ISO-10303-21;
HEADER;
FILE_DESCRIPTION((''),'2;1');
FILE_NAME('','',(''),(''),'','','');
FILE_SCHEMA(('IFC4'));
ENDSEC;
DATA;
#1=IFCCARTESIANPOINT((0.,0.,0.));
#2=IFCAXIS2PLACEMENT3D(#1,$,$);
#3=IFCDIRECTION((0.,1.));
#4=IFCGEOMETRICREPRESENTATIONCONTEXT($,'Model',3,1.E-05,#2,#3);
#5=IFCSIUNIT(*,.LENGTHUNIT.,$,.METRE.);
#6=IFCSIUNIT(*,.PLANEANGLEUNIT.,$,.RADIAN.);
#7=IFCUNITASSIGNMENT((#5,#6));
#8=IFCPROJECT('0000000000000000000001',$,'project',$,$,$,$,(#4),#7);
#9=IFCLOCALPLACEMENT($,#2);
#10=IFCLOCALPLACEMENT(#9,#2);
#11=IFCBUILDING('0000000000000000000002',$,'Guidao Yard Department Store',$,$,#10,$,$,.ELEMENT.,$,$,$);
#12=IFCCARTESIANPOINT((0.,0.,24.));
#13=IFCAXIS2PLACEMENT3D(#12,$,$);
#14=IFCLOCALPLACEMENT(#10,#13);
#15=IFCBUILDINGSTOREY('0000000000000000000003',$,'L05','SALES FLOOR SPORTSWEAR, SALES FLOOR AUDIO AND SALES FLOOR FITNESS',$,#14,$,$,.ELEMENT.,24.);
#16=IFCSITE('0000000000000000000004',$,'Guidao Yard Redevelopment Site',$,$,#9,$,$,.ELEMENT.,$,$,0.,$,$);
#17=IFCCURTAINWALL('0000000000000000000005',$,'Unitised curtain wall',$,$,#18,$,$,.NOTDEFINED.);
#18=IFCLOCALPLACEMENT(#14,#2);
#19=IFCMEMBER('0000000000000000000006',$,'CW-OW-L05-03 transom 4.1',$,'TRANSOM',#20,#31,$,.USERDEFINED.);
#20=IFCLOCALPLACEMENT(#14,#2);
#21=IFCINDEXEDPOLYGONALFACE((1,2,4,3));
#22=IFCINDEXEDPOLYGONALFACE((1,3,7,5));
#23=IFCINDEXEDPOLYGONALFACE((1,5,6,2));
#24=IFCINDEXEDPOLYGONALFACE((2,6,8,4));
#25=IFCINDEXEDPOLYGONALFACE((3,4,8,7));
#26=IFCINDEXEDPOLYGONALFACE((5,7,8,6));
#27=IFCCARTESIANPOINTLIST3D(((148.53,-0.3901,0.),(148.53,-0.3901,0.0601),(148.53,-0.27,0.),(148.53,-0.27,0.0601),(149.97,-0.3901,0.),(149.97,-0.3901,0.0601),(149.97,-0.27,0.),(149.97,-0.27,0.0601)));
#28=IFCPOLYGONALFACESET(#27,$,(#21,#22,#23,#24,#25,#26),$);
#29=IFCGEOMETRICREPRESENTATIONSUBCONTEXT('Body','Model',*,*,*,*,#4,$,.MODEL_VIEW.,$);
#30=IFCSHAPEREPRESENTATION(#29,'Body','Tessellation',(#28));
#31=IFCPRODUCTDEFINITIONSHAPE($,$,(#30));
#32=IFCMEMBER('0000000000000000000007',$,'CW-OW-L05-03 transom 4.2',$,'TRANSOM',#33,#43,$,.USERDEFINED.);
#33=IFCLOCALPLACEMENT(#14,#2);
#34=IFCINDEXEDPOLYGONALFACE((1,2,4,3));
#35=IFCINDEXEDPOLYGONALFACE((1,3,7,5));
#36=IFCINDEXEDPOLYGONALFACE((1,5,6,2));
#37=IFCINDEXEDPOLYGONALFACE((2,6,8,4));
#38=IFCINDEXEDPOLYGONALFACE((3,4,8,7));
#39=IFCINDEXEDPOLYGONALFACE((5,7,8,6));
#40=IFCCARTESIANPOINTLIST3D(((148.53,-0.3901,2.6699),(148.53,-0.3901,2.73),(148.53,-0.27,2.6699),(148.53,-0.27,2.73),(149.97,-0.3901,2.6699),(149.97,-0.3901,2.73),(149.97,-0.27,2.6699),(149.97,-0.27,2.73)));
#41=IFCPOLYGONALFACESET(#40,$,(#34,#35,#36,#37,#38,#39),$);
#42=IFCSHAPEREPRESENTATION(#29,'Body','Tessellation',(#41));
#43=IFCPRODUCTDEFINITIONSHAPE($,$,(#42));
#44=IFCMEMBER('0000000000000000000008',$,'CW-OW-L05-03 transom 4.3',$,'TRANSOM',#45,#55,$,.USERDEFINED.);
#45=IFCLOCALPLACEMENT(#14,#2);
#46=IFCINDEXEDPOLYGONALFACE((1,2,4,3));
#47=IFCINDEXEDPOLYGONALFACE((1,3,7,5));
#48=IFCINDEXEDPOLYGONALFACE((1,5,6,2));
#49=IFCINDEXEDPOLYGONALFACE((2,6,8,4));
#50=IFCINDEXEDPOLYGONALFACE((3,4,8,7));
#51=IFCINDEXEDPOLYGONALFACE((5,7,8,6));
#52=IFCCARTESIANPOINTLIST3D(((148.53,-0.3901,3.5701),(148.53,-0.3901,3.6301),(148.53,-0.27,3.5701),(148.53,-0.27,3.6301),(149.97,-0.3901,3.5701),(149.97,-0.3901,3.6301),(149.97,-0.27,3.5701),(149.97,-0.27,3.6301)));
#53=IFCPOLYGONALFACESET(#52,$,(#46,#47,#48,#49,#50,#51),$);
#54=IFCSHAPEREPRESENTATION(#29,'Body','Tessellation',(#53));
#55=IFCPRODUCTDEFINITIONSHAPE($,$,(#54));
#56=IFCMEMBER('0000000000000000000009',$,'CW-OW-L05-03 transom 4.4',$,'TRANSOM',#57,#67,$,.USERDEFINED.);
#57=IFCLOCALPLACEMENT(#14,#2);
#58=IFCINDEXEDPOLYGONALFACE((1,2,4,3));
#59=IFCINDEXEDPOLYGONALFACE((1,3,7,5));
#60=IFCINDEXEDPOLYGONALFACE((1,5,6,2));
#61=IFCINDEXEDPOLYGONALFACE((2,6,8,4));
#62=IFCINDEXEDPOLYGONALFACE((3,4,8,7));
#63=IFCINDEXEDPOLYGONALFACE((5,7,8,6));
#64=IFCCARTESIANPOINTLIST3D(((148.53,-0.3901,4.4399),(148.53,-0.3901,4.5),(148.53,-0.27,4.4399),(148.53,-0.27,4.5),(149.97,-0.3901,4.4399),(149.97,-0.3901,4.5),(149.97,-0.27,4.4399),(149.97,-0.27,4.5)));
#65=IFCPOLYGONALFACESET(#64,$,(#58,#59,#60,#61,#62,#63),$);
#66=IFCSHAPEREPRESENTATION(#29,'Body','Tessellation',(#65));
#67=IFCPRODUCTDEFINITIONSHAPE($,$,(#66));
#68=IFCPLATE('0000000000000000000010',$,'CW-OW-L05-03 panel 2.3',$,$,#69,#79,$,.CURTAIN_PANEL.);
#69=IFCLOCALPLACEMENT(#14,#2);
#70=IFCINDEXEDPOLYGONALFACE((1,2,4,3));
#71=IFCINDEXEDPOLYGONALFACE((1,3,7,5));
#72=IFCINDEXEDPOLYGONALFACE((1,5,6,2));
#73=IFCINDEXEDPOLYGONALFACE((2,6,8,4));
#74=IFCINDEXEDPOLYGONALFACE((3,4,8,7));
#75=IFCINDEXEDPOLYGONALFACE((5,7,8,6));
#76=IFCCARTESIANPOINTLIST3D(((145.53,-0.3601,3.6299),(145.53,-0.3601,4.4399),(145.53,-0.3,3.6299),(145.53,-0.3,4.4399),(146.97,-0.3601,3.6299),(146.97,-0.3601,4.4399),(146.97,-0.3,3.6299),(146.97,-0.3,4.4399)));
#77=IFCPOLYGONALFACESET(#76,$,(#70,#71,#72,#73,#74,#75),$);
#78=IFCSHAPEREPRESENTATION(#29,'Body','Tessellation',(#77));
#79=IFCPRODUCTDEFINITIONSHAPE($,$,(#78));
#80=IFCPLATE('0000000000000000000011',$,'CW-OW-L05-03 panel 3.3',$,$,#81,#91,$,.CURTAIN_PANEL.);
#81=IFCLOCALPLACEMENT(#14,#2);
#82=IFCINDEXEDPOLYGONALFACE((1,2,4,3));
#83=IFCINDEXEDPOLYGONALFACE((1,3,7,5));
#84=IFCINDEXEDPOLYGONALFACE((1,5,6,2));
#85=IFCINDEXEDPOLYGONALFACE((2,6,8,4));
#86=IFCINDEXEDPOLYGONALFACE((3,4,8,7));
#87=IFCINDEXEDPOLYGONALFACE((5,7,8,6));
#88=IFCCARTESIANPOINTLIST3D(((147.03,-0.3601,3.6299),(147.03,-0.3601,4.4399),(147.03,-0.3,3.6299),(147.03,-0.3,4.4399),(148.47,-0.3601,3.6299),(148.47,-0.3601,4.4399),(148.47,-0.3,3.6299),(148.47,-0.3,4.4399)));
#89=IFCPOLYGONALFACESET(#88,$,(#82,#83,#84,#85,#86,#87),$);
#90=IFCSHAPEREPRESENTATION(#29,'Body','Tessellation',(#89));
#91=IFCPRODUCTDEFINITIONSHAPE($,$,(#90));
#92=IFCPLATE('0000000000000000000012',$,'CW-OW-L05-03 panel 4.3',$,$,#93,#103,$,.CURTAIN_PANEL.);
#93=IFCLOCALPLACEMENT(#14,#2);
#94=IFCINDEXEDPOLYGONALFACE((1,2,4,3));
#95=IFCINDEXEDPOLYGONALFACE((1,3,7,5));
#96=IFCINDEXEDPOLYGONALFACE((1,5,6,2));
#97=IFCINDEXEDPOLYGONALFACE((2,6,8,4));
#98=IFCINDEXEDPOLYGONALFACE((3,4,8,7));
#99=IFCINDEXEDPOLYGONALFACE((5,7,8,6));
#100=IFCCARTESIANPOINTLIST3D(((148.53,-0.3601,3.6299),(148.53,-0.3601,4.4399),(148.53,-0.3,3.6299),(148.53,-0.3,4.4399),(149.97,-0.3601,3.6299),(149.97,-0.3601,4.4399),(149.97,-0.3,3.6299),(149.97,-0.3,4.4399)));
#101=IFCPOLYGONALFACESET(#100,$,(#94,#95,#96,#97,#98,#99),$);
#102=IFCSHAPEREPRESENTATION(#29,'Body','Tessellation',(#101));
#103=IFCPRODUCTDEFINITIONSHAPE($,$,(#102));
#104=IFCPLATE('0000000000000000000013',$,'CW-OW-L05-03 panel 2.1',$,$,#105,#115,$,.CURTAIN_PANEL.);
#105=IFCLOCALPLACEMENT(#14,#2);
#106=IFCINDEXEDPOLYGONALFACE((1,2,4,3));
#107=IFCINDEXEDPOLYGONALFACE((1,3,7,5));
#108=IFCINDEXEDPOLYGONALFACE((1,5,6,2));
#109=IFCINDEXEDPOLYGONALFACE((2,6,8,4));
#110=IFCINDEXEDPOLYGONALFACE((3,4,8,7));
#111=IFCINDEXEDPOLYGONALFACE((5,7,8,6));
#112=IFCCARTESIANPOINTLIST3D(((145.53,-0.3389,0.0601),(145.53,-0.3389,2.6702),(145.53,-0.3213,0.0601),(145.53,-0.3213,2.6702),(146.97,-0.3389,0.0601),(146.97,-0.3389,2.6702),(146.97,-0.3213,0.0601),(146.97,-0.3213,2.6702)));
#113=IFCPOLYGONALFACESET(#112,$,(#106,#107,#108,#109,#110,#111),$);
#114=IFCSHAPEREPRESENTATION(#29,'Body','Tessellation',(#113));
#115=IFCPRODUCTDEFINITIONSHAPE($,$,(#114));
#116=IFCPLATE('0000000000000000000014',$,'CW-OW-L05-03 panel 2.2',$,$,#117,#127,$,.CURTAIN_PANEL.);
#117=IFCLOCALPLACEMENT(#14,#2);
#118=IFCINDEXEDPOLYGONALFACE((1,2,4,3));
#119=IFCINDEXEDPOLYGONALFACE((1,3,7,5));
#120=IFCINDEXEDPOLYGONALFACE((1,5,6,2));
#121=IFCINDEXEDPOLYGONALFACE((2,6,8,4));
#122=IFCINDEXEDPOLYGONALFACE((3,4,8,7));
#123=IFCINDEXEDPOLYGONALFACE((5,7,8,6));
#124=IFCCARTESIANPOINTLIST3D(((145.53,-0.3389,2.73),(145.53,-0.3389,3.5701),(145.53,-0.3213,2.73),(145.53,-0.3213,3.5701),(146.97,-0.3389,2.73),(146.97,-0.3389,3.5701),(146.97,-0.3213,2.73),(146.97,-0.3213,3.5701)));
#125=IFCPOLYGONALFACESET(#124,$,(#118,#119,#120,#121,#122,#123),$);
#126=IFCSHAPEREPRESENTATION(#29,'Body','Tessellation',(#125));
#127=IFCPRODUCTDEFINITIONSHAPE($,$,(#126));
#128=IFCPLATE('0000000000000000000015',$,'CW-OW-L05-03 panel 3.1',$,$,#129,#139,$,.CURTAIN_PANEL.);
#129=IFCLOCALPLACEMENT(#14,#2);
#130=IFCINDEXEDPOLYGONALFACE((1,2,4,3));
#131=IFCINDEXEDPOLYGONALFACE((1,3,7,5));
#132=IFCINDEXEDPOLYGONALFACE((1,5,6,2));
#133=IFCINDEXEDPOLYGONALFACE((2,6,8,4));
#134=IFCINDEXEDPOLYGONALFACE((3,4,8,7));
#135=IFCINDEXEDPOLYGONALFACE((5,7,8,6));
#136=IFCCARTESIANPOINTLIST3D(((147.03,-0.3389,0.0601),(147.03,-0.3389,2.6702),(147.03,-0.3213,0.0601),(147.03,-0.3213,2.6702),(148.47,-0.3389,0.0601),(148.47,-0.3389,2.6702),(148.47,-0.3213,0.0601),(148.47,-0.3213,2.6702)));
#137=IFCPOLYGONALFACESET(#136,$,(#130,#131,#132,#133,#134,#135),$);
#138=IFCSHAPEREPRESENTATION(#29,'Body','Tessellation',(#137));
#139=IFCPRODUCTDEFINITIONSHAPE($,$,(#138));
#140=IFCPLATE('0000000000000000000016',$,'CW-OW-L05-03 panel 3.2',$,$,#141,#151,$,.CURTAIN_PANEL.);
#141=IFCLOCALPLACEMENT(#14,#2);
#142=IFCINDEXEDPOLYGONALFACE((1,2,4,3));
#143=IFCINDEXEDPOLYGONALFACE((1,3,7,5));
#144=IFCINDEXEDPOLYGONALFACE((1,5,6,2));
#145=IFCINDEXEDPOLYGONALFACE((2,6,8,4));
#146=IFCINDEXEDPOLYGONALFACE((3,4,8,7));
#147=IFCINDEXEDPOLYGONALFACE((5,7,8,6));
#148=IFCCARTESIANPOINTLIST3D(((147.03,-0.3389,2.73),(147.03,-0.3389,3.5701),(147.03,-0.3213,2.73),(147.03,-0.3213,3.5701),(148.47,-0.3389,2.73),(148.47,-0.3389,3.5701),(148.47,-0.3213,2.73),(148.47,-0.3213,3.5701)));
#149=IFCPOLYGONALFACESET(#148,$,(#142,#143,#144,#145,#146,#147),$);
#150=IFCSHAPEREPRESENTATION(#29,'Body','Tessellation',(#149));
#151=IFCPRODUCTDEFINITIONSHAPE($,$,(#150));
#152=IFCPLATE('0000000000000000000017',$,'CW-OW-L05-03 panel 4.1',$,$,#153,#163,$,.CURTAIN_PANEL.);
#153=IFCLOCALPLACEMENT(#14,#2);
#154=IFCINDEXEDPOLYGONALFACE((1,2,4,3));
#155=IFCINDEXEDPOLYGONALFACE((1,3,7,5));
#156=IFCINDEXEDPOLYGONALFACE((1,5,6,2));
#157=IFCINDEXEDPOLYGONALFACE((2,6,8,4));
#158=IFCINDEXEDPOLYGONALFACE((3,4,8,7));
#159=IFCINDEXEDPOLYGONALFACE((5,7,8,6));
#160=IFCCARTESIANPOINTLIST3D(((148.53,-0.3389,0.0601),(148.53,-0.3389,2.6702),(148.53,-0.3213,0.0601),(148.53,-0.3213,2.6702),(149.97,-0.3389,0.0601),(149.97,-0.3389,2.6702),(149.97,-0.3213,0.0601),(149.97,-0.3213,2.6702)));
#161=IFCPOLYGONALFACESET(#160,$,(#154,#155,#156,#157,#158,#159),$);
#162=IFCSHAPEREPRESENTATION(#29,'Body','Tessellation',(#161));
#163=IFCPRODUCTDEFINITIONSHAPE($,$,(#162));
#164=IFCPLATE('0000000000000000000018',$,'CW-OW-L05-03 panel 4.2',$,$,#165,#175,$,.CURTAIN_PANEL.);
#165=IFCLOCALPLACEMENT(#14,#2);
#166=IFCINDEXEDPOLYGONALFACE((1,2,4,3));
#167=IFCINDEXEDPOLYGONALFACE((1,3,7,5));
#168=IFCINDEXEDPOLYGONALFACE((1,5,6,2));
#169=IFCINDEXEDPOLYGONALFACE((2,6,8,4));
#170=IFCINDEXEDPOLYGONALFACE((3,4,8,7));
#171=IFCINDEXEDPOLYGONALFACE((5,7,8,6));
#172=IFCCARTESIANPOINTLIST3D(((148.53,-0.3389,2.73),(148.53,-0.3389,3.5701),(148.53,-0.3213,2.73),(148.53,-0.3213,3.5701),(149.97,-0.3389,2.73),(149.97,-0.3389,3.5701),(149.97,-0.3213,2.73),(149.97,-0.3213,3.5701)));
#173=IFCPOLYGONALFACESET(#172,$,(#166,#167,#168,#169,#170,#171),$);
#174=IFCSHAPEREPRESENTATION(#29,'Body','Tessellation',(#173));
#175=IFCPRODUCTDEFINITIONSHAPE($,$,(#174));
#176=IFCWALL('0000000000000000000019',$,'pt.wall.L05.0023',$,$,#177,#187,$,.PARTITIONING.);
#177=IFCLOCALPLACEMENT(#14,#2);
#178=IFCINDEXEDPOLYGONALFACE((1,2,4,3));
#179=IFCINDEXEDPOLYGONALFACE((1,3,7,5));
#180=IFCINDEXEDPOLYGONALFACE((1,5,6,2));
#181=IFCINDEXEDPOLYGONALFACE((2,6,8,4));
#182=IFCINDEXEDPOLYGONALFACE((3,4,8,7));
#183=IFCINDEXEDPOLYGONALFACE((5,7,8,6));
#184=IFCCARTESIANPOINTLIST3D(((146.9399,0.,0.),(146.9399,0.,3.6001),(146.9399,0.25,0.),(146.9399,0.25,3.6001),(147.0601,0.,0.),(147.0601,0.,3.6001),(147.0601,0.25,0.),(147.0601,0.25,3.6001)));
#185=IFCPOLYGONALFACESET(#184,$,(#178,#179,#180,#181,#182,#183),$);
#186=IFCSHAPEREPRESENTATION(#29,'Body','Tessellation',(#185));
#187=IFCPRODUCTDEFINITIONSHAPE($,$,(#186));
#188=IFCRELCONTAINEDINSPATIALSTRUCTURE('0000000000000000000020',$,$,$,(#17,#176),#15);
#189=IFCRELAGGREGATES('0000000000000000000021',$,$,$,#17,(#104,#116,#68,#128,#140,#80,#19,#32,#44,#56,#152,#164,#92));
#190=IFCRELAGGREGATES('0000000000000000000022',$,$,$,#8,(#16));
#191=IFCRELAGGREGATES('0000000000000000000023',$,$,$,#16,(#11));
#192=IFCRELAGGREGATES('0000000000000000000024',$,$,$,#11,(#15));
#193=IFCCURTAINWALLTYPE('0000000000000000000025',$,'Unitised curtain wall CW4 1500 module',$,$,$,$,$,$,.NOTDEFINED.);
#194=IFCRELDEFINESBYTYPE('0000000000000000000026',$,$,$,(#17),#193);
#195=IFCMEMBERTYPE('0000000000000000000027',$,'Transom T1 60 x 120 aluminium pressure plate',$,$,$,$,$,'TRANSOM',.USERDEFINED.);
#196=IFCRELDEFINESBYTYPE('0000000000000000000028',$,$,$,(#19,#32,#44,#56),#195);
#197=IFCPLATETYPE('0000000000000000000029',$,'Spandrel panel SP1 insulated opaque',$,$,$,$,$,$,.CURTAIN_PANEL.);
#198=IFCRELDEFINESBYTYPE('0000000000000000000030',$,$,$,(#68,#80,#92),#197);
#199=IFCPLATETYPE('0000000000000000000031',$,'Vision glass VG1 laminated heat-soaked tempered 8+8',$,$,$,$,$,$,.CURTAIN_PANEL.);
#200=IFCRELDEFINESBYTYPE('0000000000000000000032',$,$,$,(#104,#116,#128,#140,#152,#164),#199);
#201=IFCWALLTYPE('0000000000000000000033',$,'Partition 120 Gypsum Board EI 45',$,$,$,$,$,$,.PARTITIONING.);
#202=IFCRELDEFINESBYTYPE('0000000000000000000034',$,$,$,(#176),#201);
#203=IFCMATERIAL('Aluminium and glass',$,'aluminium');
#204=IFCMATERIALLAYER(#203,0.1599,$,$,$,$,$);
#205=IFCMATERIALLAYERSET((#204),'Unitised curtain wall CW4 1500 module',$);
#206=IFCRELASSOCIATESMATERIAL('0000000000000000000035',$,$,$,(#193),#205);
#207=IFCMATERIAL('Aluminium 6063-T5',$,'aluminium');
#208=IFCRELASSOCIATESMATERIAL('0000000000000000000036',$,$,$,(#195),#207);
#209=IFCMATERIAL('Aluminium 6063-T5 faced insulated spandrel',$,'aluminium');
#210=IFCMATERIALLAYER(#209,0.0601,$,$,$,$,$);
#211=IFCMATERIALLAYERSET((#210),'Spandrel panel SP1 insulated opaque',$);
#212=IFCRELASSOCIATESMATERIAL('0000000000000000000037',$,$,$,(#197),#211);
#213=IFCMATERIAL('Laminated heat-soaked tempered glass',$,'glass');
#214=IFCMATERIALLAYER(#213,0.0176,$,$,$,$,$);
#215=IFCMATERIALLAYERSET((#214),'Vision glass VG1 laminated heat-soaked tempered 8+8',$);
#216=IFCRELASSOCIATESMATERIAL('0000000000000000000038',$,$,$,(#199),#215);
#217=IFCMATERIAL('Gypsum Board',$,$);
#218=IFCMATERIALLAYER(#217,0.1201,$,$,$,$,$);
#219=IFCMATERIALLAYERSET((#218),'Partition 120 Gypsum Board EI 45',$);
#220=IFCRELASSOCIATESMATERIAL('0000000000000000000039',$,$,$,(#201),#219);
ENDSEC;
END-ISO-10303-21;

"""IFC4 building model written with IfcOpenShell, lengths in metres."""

from ifc_helpers import new_model, si_unit, direction, frame, frame_2d, origin, origin_2d, place, context, subcontext, project, spatial, rectangle, extrude, material, layer, layer_set, material_profile, profile_set, type_object, element, aggregate, save


model = new_model("IFC4")

# Units and contexts
model_context = context("Model", 3, precision=1e-05, world=origin(), true_north=direction((0.0, 1.0)))
body_context = subcontext(model_context, "Body", "Model", "MODEL_VIEW")
ifc_project = project(units=[si_unit("LENGTHUNIT", "METRE"), si_unit("PLANEANGLEUNIT", "RADIAN")], contexts=[model_context])

# Site, building, storey
site_placement = place(None, origin())
site = spatial("IfcSite", under=ifc_project, at=site_placement, Name="Guidao Yard Redevelopment Site", CompositionType="ELEMENT", RefElevation=0.0)
building_placement = place(site_placement, origin())
building = spatial("IfcBuilding", under=site, at=building_placement, Name="Guidao Yard Department Store", CompositionType="ELEMENT")
storey_placement = place(building_placement, frame((0.0, 0.0, 24.0)))
storey = spatial("IfcBuildingStorey", under=building, at=storey_placement, Name="L05", Description="SALES FLOOR SPORTSWEAR, SALES FLOOR AUDIO AND SALES FLOOR FITNESS", CompositionType="ELEMENT", Elevation=24.0)

# Curtain wall, members, plates
ifc_material_1 = material(Name="Aluminium and glass", Category="aluminium")
ifc_layer_1 = layer(ifc_material_1, 0.1599)
ifc_layer_set_1 = layer_set([ifc_layer_1], Name="Unitised curtain wall CW4 1500 module")
curtain_wall_type = type_object("IfcCurtainWallType", Name="Unitised curtain wall CW4 1500 module", PredefinedType="NOTDEFINED", material=ifc_layer_set_1)
curtain_wall_placement = place(storey_placement, origin())
curtain_wall = element("IfcCurtainWall", 1, at=curtain_wall_placement, inside=storey, type_object=curtain_wall_type, Name="Unitised curtain wall", PredefinedType="NOTDEFINED")
ifc_material_2 = material(Name="Aluminium 6063-T5", Category="aluminium")
ifc_material_profile_1 = material_profile(ifc_material_2, rectangle(XDim=0.1201, YDim=0.0601, at=origin_2d()), Name="Transom T1 60 x 120 aluminium pressure plate")
ifc_profile_set_1 = profile_set([ifc_material_profile_1], Name="Aluminium 6063-T5")
member_type_1 = type_object("IfcMemberType", Name="Transom T1 60 x 120 aluminium pressure plate", ElementType="TRANSOM", PredefinedType="USERDEFINED", material=ifc_profile_set_1)
member_1_placement = place(storey_placement, frame((149.97, -0.3301, 0.03), z_axis=(-1.0, 0.0, 0.0), x_axis=(0.0, -1.0, 0.0)))
member_1 = element("IfcMember", 2, at=member_1_placement, type_object=member_type_1, Name="CW-OW-L05-03 transom 4.1", ObjectType="TRANSOM", PredefinedType="USERDEFINED", context=body_context, shape_type="SweptSolid", body=[
    extrude(rectangle(XDim=0.1201, YDim=0.0601, at=origin_2d()), origin(), (0.0, 0.0, 1.0), 1.4399),
])
member_2_placement = place(storey_placement, frame((149.97, -0.3301, 2.7), z_axis=(-1.0, 0.0, 0.0), x_axis=(0.0, -1.0, 0.0)))
member_2 = element("IfcMember", 3, at=member_2_placement, type_object=member_type_1, Name="CW-OW-L05-03 transom 4.2", ObjectType="TRANSOM", PredefinedType="USERDEFINED", context=body_context, shape_type="SweptSolid", body=[
    extrude(rectangle(XDim=0.1201, YDim=0.0601, at=origin_2d()), origin(), (0.0, 0.0, 1.0), 1.4399),
])
member_3_placement = place(storey_placement, frame((149.97, -0.3301, 3.6001), z_axis=(-1.0, 0.0, 0.0), x_axis=(0.0, -1.0, 0.0)))
member_3 = element("IfcMember", 4, at=member_3_placement, type_object=member_type_1, Name="CW-OW-L05-03 transom 4.3", ObjectType="TRANSOM", PredefinedType="USERDEFINED", context=body_context, shape_type="SweptSolid", body=[
    extrude(rectangle(XDim=0.1201, YDim=0.0601, at=origin_2d()), origin(), (0.0, 0.0, 1.0), 1.4399),
])
member_4_placement = place(storey_placement, frame((149.97, -0.3301, 4.47), z_axis=(-1.0, 0.0, 0.0), x_axis=(0.0, -1.0, 0.0)))
member_4 = element("IfcMember", 5, at=member_4_placement, type_object=member_type_1, Name="CW-OW-L05-03 transom 4.4", ObjectType="TRANSOM", PredefinedType="USERDEFINED", context=body_context, shape_type="SweptSolid", body=[
    extrude(rectangle(XDim=0.1201, YDim=0.0601, at=origin_2d()), origin(), (0.0, 0.0, 1.0), 1.4399),
])
ifc_material_3 = material(Name="Aluminium 6063-T5 faced insulated spandrel", Category="aluminium")
ifc_layer_2 = layer(ifc_material_3, 0.0601)
ifc_layer_set_2 = layer_set([ifc_layer_2], Name="Spandrel panel SP1 insulated opaque")
plate_type_1 = type_object("IfcPlateType", Name="Spandrel panel SP1 insulated opaque", PredefinedType="CURTAIN_PANEL", material=ifc_layer_set_2)
plate_1_placement = place(storey_placement, frame((146.25, -0.3301, 3.6299), z_axis=(0.0, 0.0, 1.0), x_axis=(-1.0, 0.0, 0.0)))
plate_1 = element("IfcPlate", 6, at=plate_1_placement, type_object=plate_type_1, Name="CW-OW-L05-03 panel 2.3", PredefinedType="CURTAIN_PANEL", context=body_context, shape_type="SweptSolid", body=[
    extrude(rectangle(XDim=1.4399, YDim=0.0601, at=origin_2d()), origin(), (0.0, 0.0, 1.0), 0.8101),
])
plate_2_placement = place(storey_placement, frame((147.75, -0.3301, 3.6299), z_axis=(0.0, 0.0, 1.0), x_axis=(-1.0, 0.0, 0.0)))
plate_2 = element("IfcPlate", 7, at=plate_2_placement, type_object=plate_type_1, Name="CW-OW-L05-03 panel 3.3", PredefinedType="CURTAIN_PANEL", context=body_context, shape_type="SweptSolid", body=[
    extrude(rectangle(XDim=1.4399, YDim=0.0601, at=origin_2d()), origin(), (0.0, 0.0, 1.0), 0.8101),
])
plate_3_placement = place(storey_placement, frame((149.25, -0.3301, 3.6299), z_axis=(0.0, 0.0, 1.0), x_axis=(-1.0, 0.0, 0.0)))
plate_3 = element("IfcPlate", 8, at=plate_3_placement, type_object=plate_type_1, Name="CW-OW-L05-03 panel 4.3", PredefinedType="CURTAIN_PANEL", context=body_context, shape_type="SweptSolid", body=[
    extrude(rectangle(XDim=1.4399, YDim=0.0601, at=origin_2d()), origin(), (0.0, 0.0, 1.0), 0.8101),
])
ifc_material_4 = material(Name="Laminated heat-soaked tempered glass", Category="glass")
ifc_layer_3 = layer(ifc_material_4, 0.0176)
ifc_layer_set_3 = layer_set([ifc_layer_3], Name="Vision glass VG1 laminated heat-soaked tempered 8+8")
plate_type_2 = type_object("IfcPlateType", Name="Vision glass VG1 laminated heat-soaked tempered 8+8", PredefinedType="CURTAIN_PANEL", material=ifc_layer_set_3)
plate_4_placement = place(storey_placement, frame((146.25, -0.3301, 0.0601), z_axis=(0.0, 0.0, 1.0), x_axis=(-1.0, 0.0, 0.0)))
plate_4 = element("IfcPlate", 9, at=plate_4_placement, type_object=plate_type_2, Name="CW-OW-L05-03 panel 2.1", PredefinedType="CURTAIN_PANEL", context=body_context, shape_type="SweptSolid", body=[
    extrude(rectangle(XDim=1.4399, YDim=0.0176, at=origin_2d()), origin(), (0.0, 0.0, 1.0), 2.6101),
])
plate_5_placement = place(storey_placement, frame((146.25, -0.3301, 2.73), z_axis=(0.0, 0.0, 1.0), x_axis=(-1.0, 0.0, 0.0)))
plate_5 = element("IfcPlate", 10, at=plate_5_placement, type_object=plate_type_2, Name="CW-OW-L05-03 panel 2.2", PredefinedType="CURTAIN_PANEL", context=body_context, shape_type="SweptSolid", body=[
    extrude(rectangle(XDim=1.4399, YDim=0.0176, at=origin_2d()), origin(), (0.0, 0.0, 1.0), 0.8401),
])
plate_6_placement = place(storey_placement, frame((147.75, -0.3301, 0.0601), z_axis=(0.0, 0.0, 1.0), x_axis=(-1.0, 0.0, 0.0)))
plate_6 = element("IfcPlate", 11, at=plate_6_placement, type_object=plate_type_2, Name="CW-OW-L05-03 panel 3.1", PredefinedType="CURTAIN_PANEL", context=body_context, shape_type="SweptSolid", body=[
    extrude(rectangle(XDim=1.4399, YDim=0.0176, at=origin_2d()), origin(), (0.0, 0.0, 1.0), 2.6101),
])
plate_7_placement = place(storey_placement, frame((147.75, -0.3301, 2.73), z_axis=(0.0, 0.0, 1.0), x_axis=(-1.0, 0.0, 0.0)))
plate_7 = element("IfcPlate", 12, at=plate_7_placement, type_object=plate_type_2, Name="CW-OW-L05-03 panel 3.2", PredefinedType="CURTAIN_PANEL", context=body_context, shape_type="SweptSolid", body=[
    extrude(rectangle(XDim=1.4399, YDim=0.0176, at=origin_2d()), origin(), (0.0, 0.0, 1.0), 0.8401),
])
plate_8_placement = place(storey_placement, frame((149.25, -0.3301, 0.0601), z_axis=(0.0, 0.0, 1.0), x_axis=(-1.0, 0.0, 0.0)))
plate_8 = element("IfcPlate", 13, at=plate_8_placement, type_object=plate_type_2, Name="CW-OW-L05-03 panel 4.1", PredefinedType="CURTAIN_PANEL", context=body_context, shape_type="SweptSolid", body=[
    extrude(rectangle(XDim=1.4399, YDim=0.0176, at=origin_2d()), origin(), (0.0, 0.0, 1.0), 2.6101),
])
plate_9_placement = place(storey_placement, frame((149.25, -0.3301, 2.73), z_axis=(0.0, 0.0, 1.0), x_axis=(-1.0, 0.0, 0.0)))
plate_9 = element("IfcPlate", 14, at=plate_9_placement, type_object=plate_type_2, Name="CW-OW-L05-03 panel 4.2", PredefinedType="CURTAIN_PANEL", context=body_context, shape_type="SweptSolid", body=[
    extrude(rectangle(XDim=1.4399, YDim=0.0176, at=origin_2d()), origin(), (0.0, 0.0, 1.0), 0.8401),
])
aggregate(curtain_wall, [plate_4, plate_5, plate_1, plate_6, plate_7, plate_2, member_1, member_2, member_3, member_4, plate_8, plate_9, plate_3])

# Wall
ifc_material_5 = material(Name="Gypsum Board")
ifc_layer_4 = layer(ifc_material_5, 0.1201)
ifc_layer_set_4 = layer_set([ifc_layer_4], Name="Partition 120 Gypsum Board EI 45")
wall_type = type_object("IfcWallType", Name="Partition 120 Gypsum Board EI 45", PredefinedType="PARTITIONING", material=ifc_layer_set_4)
wall_1_placement = place(storey_placement, frame((147.0, 0.0, 0.0), z_axis=(0.0, 0.0, 1.0), x_axis=(0.0, 1.0, 0.0)))
element("IfcWall", 15, at=wall_1_placement, inside=storey, type_object=wall_type, Name="pt.wall.L05.0023", PredefinedType="PARTITIONING", context=body_context, shape_type="SweptSolid", body=[
    extrude(rectangle(XDim=0.25, YDim=0.1201, at=frame_2d((0.125, 0.0))), origin(), (0.0, 0.0, 1.0), 3.6001),
])

save(model, "model.ifc")
